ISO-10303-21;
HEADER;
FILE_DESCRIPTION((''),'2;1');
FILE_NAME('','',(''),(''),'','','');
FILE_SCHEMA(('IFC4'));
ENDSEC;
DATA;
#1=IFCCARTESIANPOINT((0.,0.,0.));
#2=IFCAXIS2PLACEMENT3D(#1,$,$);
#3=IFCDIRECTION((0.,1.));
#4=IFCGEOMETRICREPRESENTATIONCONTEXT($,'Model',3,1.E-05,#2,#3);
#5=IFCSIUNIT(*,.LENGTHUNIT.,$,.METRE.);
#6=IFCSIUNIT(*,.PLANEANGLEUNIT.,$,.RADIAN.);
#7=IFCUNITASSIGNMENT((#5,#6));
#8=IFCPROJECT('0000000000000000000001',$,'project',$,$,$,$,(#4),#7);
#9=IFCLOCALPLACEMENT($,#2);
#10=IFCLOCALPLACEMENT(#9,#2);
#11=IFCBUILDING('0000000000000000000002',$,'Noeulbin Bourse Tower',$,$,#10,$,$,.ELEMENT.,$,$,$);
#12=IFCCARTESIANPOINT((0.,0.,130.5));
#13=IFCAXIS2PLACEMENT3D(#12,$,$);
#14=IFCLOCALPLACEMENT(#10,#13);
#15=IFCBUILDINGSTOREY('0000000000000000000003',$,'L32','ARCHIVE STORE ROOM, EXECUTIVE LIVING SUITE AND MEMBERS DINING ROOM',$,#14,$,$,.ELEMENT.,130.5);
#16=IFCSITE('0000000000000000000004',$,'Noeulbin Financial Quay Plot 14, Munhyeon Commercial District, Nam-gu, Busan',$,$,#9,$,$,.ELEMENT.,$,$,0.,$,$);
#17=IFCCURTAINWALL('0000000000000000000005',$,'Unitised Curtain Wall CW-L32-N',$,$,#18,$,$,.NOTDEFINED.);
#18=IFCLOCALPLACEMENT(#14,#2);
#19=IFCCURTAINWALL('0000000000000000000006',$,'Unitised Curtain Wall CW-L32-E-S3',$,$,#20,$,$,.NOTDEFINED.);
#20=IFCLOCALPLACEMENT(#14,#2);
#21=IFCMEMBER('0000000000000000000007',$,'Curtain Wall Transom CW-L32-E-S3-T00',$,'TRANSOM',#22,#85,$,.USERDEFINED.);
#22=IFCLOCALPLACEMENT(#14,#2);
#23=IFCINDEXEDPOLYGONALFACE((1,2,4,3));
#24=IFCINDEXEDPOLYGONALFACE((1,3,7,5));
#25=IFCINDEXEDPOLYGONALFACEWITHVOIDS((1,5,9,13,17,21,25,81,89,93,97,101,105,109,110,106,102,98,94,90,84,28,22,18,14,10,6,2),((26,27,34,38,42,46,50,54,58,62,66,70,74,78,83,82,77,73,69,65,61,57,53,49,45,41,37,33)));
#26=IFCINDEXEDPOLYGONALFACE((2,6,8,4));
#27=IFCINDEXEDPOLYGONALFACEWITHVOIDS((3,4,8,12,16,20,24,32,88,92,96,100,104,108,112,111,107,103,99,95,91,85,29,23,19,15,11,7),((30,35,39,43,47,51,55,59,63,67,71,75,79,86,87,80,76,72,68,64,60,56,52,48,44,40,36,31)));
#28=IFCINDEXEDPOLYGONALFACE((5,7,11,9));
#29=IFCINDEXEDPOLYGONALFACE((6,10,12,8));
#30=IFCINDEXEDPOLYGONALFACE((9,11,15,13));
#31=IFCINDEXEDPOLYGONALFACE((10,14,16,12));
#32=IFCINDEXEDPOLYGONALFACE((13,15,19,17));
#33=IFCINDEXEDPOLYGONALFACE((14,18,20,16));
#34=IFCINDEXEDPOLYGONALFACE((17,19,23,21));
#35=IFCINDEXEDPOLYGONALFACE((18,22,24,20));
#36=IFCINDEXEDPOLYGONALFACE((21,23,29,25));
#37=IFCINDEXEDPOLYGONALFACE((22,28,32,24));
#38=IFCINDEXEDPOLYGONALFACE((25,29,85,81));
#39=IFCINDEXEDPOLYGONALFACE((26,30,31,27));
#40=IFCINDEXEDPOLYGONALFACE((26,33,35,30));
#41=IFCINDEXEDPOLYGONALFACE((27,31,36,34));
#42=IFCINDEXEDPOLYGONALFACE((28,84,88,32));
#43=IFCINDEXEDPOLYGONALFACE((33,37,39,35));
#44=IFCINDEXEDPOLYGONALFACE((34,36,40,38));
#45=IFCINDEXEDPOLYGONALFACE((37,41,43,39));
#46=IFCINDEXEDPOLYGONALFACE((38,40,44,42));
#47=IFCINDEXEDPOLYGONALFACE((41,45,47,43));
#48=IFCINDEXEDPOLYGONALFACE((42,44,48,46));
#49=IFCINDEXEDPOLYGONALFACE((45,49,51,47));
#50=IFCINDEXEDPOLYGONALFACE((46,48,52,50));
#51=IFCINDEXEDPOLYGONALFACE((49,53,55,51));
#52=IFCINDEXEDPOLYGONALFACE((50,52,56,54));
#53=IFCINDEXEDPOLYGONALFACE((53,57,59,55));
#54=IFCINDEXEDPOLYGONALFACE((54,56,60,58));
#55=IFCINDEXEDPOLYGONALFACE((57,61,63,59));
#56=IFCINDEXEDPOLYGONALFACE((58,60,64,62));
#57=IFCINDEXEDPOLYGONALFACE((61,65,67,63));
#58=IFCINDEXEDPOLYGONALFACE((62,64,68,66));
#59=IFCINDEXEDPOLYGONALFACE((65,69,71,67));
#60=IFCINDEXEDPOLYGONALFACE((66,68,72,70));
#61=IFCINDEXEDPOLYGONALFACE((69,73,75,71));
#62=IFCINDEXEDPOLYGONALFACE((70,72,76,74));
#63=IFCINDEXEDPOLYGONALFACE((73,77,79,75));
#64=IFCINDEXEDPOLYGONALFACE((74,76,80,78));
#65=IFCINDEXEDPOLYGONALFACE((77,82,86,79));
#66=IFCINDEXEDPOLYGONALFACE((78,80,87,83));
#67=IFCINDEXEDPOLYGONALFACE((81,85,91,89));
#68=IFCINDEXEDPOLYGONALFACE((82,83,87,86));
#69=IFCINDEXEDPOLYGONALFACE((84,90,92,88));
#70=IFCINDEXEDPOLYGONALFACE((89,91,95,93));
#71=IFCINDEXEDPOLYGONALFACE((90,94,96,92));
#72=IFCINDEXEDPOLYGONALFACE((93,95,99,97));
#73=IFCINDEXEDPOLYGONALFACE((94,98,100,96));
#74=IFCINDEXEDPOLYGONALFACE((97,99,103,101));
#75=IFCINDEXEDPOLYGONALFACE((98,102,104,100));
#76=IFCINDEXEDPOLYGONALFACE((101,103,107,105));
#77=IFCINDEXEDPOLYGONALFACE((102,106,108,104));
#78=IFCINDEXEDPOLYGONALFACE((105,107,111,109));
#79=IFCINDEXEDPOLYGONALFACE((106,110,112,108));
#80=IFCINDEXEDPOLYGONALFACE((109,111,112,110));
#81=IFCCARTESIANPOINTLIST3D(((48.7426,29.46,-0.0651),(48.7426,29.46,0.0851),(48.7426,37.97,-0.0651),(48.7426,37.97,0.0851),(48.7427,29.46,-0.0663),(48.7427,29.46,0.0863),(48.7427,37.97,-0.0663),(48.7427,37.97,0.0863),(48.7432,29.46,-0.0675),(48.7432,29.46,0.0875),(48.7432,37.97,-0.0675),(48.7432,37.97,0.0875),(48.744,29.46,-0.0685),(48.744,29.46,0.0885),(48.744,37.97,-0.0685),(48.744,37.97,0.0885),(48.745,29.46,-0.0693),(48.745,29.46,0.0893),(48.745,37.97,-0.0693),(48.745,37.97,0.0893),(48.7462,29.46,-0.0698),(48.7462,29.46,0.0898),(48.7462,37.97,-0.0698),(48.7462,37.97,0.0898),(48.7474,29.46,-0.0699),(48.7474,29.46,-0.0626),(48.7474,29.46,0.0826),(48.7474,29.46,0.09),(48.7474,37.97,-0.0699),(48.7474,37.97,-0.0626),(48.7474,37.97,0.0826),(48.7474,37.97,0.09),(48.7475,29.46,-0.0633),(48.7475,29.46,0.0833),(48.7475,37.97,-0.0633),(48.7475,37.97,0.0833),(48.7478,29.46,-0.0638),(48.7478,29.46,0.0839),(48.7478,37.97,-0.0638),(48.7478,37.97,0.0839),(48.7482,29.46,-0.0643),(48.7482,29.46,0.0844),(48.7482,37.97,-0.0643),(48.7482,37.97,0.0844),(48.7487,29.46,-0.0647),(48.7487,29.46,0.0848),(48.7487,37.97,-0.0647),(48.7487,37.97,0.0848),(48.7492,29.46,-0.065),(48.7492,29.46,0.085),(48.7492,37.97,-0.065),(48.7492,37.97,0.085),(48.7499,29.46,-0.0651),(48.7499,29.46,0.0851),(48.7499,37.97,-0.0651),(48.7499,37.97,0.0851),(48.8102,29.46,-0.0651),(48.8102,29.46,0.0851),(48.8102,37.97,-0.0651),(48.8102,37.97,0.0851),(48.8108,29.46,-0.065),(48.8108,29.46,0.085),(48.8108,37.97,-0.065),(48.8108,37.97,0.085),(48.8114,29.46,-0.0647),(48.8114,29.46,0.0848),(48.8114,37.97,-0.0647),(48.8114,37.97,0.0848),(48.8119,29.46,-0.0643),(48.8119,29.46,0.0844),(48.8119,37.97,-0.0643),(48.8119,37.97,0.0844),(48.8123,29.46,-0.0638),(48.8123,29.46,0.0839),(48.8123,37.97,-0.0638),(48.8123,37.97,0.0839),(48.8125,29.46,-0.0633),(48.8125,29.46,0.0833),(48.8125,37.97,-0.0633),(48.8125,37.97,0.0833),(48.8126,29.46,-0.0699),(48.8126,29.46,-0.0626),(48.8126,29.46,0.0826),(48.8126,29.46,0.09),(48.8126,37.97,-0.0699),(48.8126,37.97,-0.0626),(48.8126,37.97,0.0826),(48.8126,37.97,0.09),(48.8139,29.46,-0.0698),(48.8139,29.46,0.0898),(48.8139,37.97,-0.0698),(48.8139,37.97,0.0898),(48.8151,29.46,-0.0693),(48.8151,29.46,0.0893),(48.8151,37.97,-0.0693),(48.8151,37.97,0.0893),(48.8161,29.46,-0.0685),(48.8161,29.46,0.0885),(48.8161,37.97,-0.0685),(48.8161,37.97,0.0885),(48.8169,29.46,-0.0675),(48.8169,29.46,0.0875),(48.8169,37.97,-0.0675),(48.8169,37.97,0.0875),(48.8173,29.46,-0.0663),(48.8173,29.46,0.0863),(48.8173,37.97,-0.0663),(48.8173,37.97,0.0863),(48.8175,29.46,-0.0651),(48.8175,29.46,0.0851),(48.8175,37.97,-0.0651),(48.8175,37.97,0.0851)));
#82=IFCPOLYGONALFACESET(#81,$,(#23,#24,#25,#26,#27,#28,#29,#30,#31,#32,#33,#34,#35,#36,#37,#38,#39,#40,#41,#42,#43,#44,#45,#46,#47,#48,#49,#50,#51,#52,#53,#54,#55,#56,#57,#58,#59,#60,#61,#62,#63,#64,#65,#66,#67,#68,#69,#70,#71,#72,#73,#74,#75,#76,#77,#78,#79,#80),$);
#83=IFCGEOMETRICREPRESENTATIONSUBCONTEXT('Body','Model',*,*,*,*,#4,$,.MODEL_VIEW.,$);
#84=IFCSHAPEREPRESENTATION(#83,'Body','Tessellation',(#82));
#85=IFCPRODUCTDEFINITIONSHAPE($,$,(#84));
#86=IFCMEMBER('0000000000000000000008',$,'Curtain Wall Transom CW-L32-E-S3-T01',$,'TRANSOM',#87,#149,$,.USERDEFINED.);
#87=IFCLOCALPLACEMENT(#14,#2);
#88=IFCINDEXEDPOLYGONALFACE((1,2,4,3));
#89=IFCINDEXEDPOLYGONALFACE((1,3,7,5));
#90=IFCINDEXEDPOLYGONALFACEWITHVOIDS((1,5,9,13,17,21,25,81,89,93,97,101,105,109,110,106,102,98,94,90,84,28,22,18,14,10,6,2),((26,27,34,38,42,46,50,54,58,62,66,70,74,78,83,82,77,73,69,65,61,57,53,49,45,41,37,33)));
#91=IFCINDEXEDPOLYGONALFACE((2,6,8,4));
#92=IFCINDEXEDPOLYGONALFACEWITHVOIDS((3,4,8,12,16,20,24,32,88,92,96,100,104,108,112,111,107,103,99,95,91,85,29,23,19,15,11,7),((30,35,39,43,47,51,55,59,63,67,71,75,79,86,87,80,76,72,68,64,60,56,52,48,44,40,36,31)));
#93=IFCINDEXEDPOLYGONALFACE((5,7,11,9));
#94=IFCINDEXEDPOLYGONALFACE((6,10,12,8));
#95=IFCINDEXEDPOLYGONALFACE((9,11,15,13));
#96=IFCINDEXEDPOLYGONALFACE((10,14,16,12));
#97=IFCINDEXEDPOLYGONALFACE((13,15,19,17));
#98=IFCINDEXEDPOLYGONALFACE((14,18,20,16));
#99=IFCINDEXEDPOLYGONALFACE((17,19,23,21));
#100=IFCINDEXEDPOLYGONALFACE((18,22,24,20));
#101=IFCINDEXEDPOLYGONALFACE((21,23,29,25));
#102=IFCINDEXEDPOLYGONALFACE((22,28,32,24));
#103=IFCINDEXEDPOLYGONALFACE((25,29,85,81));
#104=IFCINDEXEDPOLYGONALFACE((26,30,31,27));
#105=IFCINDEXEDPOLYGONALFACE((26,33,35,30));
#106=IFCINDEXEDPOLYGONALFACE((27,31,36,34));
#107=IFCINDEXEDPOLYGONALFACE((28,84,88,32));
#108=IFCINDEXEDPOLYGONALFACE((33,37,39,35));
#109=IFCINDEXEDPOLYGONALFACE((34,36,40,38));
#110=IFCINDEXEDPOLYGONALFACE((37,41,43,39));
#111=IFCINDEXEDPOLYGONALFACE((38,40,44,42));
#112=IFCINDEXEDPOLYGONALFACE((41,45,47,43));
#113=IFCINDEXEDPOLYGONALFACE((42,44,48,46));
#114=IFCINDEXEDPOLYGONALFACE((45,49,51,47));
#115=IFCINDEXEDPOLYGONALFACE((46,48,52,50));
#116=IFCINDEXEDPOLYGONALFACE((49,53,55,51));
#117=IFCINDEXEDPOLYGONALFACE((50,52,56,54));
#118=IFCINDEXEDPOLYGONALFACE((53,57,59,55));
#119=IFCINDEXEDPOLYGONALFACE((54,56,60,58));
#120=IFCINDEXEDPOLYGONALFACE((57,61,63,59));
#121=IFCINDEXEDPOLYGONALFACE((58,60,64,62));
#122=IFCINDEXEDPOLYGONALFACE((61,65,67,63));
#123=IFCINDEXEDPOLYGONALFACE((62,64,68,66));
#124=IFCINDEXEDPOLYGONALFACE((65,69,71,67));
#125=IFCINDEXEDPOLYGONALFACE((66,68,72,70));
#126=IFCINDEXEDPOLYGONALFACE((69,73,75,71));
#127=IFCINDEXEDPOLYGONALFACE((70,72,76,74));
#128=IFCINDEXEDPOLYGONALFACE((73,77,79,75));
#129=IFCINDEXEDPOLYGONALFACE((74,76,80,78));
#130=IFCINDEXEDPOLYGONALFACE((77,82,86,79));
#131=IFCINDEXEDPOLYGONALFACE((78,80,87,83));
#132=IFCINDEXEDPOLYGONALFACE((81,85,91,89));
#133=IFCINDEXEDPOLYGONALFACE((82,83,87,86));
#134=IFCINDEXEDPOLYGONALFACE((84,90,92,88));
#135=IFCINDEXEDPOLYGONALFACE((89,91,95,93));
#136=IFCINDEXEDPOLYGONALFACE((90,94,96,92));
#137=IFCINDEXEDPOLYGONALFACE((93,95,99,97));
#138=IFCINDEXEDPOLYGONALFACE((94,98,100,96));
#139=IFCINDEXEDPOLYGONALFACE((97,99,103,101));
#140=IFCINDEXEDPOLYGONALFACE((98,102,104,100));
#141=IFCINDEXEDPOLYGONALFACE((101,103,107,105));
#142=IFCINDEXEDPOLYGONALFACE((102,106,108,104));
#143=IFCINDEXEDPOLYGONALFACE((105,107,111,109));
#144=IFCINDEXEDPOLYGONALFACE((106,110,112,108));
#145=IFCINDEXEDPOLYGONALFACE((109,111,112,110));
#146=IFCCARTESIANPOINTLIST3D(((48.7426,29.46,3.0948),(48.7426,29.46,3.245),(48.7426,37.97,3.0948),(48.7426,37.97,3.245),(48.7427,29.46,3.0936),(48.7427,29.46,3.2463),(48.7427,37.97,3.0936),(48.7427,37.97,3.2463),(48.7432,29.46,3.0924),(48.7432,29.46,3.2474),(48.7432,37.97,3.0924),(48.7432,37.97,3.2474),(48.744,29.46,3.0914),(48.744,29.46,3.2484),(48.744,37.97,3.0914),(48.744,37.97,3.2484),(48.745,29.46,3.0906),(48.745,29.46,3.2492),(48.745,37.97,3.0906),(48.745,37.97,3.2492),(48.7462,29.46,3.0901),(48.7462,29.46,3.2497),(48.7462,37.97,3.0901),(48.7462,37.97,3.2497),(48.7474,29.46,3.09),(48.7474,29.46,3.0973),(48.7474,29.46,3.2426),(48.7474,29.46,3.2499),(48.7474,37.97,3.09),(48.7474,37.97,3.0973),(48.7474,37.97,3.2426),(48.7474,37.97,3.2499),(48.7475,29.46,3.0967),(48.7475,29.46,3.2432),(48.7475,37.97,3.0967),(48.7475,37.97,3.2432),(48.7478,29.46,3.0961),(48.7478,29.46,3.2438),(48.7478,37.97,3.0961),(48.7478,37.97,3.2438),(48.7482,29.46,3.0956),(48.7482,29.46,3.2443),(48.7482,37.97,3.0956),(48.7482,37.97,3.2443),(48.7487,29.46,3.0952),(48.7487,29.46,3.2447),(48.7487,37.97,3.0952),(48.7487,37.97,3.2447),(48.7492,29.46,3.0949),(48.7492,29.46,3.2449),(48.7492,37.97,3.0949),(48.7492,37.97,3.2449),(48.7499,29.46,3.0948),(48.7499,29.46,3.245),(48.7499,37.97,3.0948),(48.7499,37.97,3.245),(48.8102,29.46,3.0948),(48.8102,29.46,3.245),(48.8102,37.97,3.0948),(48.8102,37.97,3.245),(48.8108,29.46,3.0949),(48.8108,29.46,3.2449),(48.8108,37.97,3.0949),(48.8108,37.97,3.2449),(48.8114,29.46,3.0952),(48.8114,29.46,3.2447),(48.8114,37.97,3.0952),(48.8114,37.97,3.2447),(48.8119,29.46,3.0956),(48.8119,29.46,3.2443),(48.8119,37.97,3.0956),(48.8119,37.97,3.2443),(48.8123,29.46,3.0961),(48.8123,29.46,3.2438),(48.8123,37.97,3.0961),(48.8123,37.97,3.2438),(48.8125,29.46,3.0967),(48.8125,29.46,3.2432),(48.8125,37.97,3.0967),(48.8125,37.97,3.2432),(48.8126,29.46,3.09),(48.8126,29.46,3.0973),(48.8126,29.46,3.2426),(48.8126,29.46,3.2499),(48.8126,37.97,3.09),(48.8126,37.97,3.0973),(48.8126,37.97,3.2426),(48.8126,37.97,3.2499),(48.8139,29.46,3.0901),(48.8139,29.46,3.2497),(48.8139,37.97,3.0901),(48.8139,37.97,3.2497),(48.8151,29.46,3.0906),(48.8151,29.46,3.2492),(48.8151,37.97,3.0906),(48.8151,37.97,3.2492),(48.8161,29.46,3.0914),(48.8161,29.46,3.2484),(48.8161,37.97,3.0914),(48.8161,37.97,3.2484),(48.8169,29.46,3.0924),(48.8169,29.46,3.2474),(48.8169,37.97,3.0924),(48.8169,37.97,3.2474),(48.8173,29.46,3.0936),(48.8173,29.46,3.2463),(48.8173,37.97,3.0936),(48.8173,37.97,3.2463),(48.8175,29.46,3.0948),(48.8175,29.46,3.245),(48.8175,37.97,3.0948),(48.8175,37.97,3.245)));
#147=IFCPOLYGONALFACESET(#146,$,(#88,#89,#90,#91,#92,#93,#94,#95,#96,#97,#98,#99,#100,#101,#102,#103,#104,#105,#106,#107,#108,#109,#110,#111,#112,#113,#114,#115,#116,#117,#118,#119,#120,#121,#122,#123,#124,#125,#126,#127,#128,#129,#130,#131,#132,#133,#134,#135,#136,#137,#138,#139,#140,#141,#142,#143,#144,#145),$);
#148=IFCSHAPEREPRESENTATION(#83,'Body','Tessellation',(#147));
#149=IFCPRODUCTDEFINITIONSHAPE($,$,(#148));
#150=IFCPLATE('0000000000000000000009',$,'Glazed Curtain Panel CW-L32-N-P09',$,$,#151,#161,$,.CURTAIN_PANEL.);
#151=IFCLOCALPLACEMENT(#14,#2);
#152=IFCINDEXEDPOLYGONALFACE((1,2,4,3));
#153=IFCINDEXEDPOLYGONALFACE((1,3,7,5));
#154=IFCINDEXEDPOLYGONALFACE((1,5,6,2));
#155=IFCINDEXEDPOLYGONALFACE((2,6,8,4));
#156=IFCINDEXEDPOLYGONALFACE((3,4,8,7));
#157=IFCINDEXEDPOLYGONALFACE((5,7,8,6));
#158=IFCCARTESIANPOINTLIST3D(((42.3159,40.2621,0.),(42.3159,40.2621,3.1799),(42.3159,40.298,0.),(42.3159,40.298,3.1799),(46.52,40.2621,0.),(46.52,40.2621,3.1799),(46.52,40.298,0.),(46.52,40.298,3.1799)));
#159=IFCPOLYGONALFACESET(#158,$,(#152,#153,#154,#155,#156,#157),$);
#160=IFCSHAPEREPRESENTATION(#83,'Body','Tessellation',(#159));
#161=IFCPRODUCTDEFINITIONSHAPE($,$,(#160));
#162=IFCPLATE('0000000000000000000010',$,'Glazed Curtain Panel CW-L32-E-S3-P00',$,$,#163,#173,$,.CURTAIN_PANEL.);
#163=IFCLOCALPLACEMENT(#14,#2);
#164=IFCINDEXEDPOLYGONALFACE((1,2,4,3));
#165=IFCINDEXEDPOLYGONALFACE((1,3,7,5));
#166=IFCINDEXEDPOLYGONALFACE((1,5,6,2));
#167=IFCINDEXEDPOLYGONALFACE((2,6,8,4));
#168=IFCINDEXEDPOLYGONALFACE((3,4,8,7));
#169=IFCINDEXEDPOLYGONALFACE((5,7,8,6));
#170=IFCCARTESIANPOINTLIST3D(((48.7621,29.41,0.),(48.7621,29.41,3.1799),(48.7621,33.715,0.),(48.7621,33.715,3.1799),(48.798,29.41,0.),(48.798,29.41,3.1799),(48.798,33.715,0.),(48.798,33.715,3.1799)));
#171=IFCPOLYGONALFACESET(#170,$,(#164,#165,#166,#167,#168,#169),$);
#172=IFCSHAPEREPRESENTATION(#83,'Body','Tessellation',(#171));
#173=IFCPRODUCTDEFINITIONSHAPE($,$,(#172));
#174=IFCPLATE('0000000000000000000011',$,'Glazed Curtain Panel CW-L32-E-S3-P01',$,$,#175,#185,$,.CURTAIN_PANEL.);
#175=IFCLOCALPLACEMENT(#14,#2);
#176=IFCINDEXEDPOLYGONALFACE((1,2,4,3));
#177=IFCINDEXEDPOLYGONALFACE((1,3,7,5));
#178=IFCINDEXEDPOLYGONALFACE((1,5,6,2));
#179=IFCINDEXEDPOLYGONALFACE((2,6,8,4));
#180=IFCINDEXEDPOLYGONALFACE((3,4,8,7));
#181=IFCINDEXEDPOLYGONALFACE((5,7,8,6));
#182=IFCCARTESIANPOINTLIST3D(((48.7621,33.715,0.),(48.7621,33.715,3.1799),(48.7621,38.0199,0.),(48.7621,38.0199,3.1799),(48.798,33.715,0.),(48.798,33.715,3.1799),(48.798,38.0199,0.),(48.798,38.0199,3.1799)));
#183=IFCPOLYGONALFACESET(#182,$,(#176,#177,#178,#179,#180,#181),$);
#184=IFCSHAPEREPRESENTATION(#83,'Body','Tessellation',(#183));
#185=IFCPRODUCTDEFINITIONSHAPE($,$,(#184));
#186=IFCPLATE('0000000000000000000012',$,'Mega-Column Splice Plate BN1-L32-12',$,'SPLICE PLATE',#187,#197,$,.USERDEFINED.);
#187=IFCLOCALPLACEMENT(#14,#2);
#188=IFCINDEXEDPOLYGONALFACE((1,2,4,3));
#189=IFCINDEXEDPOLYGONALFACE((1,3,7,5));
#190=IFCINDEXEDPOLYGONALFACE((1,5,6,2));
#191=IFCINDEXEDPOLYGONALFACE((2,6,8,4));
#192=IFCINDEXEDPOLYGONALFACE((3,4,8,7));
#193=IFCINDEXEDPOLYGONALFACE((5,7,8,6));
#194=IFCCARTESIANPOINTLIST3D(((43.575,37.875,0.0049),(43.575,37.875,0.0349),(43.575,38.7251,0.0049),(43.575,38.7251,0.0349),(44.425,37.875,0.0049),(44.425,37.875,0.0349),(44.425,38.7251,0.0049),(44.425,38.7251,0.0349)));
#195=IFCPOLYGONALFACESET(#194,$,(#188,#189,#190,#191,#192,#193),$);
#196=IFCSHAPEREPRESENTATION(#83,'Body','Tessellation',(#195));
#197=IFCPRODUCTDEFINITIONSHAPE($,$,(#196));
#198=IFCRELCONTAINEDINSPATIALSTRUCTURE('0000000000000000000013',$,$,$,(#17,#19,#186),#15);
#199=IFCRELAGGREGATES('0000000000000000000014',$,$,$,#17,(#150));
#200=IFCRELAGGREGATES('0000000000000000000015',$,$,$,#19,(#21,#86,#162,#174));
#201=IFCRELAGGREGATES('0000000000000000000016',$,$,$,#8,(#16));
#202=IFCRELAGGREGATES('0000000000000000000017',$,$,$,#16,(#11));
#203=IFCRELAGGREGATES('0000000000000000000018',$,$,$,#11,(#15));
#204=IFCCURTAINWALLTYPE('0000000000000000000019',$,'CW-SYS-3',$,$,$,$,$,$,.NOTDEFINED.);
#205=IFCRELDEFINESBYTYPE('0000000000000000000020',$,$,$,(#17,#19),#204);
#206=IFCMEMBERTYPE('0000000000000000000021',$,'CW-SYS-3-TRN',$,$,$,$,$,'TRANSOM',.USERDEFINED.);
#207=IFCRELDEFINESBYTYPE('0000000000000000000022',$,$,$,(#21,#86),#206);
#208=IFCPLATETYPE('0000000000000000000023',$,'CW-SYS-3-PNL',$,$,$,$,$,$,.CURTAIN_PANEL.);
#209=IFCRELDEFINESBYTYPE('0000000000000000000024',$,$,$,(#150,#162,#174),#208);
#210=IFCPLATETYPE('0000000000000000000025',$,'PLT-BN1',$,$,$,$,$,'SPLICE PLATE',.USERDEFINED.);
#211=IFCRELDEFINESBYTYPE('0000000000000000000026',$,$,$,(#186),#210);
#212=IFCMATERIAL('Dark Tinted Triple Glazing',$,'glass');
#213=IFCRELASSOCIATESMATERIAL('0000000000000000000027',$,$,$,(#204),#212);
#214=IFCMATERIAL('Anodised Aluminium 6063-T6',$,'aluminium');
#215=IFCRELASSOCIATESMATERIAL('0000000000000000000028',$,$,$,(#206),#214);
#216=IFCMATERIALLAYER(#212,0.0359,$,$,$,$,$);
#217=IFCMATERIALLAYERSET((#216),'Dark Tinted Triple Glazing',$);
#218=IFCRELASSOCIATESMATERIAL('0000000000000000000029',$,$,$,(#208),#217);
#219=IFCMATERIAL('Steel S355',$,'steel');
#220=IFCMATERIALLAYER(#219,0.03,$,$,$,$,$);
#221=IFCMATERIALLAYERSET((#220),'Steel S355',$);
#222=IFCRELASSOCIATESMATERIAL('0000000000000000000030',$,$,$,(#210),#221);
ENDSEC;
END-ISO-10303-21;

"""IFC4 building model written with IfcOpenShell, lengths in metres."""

from ifc_helpers import new_model, si_unit, direction, frame, origin, origin_2d, place, context, subcontext, project, spatial, rectangle, hollow_rectangle, extrude, material, layer, layer_set, material_profile, profile_set, type_object, element, aggregate, save


model = new_model("IFC4")

# Units and contexts
model_context = context("Model", 3, precision=1e-05, world=origin(), true_north=direction((0.0, 1.0)))
body_context = subcontext(model_context, "Body", "Model", "MODEL_VIEW")
ifc_project = project(units=[si_unit("LENGTHUNIT", "METRE"), si_unit("PLANEANGLEUNIT", "RADIAN")], contexts=[model_context])

# Site, building, storey
site_placement = place(None, origin())
site = spatial("IfcSite", under=ifc_project, at=site_placement, Name="Noeulbin Financial Quay Plot 14, Munhyeon Commercial District, Nam-gu, Busan", CompositionType="ELEMENT", RefElevation=0.0)
building_placement = place(site_placement, origin())
building = spatial("IfcBuilding", under=site, at=building_placement, Name="Noeulbin Bourse Tower", CompositionType="ELEMENT")
storey_placement = place(building_placement, frame((0.0, 0.0, 130.5)))
storey = spatial("IfcBuildingStorey", under=building, at=storey_placement, Name="L32", Description="ARCHIVE STORE ROOM, EXECUTIVE LIVING SUITE AND MEMBERS DINING ROOM", CompositionType="ELEMENT", Elevation=130.5)

# Shared definitions
ifc_material_1 = material(Name="Steel S355", Category="steel")

# Curtain walls, members
ifc_material_2 = material(Name="Dark Tinted Triple Glazing", Category="glass")
curtain_wall_type = type_object("IfcCurtainWallType", Name="CW-SYS-3", PredefinedType="NOTDEFINED", material=ifc_material_2)
curtain_wall_1_placement = place(storey_placement, origin())
curtain_wall_1 = element("IfcCurtainWall", 1, at=curtain_wall_1_placement, inside=storey, type_object=curtain_wall_type, Name="Unitised Curtain Wall CW-L32-N", PredefinedType="NOTDEFINED")
ifc_material_3 = material(Name="Anodised Aluminium 6063-T6", Category="aluminium")
curtain_wall_2_placement = place(storey_placement, origin())
curtain_wall_2 = element("IfcCurtainWall", 2, at=curtain_wall_2_placement, inside=storey, type_object=curtain_wall_type, Name="Unitised Curtain Wall CW-L32-E-S3", PredefinedType="NOTDEFINED")
ifc_material_profile_1 = material_profile(ifc_material_3, hollow_rectangle(XDim=0.075, YDim=0.1599, WallThickness=0.0049, InnerFilletRadius=0.0024, OuterFilletRadius=0.0049, at=origin_2d()), Name="ALU-TRAN-75x160x5", Category="LoadBearing")
ifc_profile_set_1 = profile_set([ifc_material_profile_1], Name="Anodised Aluminium 6063-T6")
member_type_1 = type_object("IfcMemberType", Name="CW-SYS-3-TRN", ElementType="TRANSOM", PredefinedType="USERDEFINED", material=ifc_profile_set_1)
member_1_placement = place(storey_placement, frame((48.78, 29.46, 0.01), z_axis=(0.0, 1.0, 0.0), x_axis=(-1.0, 0.0, 0.0)))
member_1 = element("IfcMember", 3, at=member_1_placement, type_object=member_type_1, Name="Curtain Wall Transom CW-L32-E-S3-T00", ObjectType="TRANSOM", PredefinedType="USERDEFINED", context=body_context, shape_type="SweptSolid", body=[
    extrude(hollow_rectangle(XDim=0.075, YDim=0.1599, WallThickness=0.0049, InnerFilletRadius=0.0024, OuterFilletRadius=0.0049, at=origin_2d()), origin(), (0.0, 0.0, 1.0), 8.51),
])
member_2_placement = place(storey_placement, frame((48.78, 29.46, 3.1699), z_axis=(0.0, 1.0, 0.0), x_axis=(-1.0, 0.0, 0.0)))
member_2 = element("IfcMember", 4, at=member_2_placement, type_object=member_type_1, Name="Curtain Wall Transom CW-L32-E-S3-T01", ObjectType="TRANSOM", PredefinedType="USERDEFINED", context=body_context, shape_type="SweptSolid", body=[
    extrude(hollow_rectangle(XDim=0.075, YDim=0.1599, WallThickness=0.0049, InnerFilletRadius=0.0024, OuterFilletRadius=0.0049, at=origin_2d()), origin(), (0.0, 0.0, 1.0), 8.51),
])

# Plates
ifc_layer_1 = layer(ifc_material_2, 0.0359)
ifc_layer_set_1 = layer_set([ifc_layer_1], Name="Dark Tinted Triple Glazing")
plate_type_1 = type_object("IfcPlateType", Name="CW-SYS-3-PNL", PredefinedType="CURTAIN_PANEL", material=ifc_layer_set_1)
plate_1_placement = place(storey_placement, frame((44.418, 40.28, 0.0), z_axis=(0.0, 0.0, 1.0), x_axis=(1.0, 0.0, 0.0)))
plate_1 = element("IfcPlate", 5, at=plate_1_placement, type_object=plate_type_1, Name="Glazed Curtain Panel CW-L32-N-P09", PredefinedType="CURTAIN_PANEL", context=body_context, shape_type="SweptSolid", body=[
    extrude(rectangle(XDim=4.2041, YDim=0.0359, at=origin_2d()), origin(), (0.0, 0.0, 1.0), 3.1799),
])
aggregate(curtain_wall_1, [plate_1])
plate_2_placement = place(storey_placement, frame((48.78, 31.5625, 0.0), z_axis=(0.0, 0.0, 1.0), x_axis=(0.0, 1.0, 0.0)))
plate_2 = element("IfcPlate", 6, at=plate_2_placement, type_object=plate_type_1, Name="Glazed Curtain Panel CW-L32-E-S3-P00", PredefinedType="CURTAIN_PANEL", context=body_context, shape_type="SweptSolid", body=[
    extrude(rectangle(XDim=4.3049, YDim=0.0359, at=origin_2d()), origin(), (0.0, 0.0, 1.0), 3.1799),
])
plate_3_placement = place(storey_placement, frame((48.78, 35.8674, 0.0), z_axis=(0.0, 0.0, 1.0), x_axis=(0.0, 1.0, 0.0)))
plate_3 = element("IfcPlate", 7, at=plate_3_placement, type_object=plate_type_1, Name="Glazed Curtain Panel CW-L32-E-S3-P01", PredefinedType="CURTAIN_PANEL", context=body_context, shape_type="SweptSolid", body=[
    extrude(rectangle(XDim=4.3049, YDim=0.0359, at=origin_2d()), origin(), (0.0, 0.0, 1.0), 3.1799),
])
aggregate(curtain_wall_2, [member_1, member_2, plate_2, plate_3])
ifc_layer_2 = layer(ifc_material_1, 0.03)
ifc_layer_set_2 = layer_set([ifc_layer_2], Name="Steel S355")
plate_type_2 = type_object("IfcPlateType", Name="PLT-BN1", ElementType="SPLICE PLATE", PredefinedType="USERDEFINED", material=ifc_layer_set_2)
plate_4_placement = place(storey_placement, frame((44.0, 38.3, 0.0049), z_axis=(0.0, 0.0, 1.0), x_axis=(1.0, 0.0, 0.0)))
element("IfcPlate", 8, at=plate_4_placement, inside=storey, type_object=plate_type_2, Name="Mega-Column Splice Plate BN1-L32-12", ObjectType="SPLICE PLATE", PredefinedType="USERDEFINED", context=body_context, shape_type="SweptSolid", body=[
    extrude(rectangle(XDim=0.8501, YDim=0.8501, at=origin_2d()), origin(), (0.0, 0.0, 1.0), 0.03),
])

save(model, "model.ifc")
